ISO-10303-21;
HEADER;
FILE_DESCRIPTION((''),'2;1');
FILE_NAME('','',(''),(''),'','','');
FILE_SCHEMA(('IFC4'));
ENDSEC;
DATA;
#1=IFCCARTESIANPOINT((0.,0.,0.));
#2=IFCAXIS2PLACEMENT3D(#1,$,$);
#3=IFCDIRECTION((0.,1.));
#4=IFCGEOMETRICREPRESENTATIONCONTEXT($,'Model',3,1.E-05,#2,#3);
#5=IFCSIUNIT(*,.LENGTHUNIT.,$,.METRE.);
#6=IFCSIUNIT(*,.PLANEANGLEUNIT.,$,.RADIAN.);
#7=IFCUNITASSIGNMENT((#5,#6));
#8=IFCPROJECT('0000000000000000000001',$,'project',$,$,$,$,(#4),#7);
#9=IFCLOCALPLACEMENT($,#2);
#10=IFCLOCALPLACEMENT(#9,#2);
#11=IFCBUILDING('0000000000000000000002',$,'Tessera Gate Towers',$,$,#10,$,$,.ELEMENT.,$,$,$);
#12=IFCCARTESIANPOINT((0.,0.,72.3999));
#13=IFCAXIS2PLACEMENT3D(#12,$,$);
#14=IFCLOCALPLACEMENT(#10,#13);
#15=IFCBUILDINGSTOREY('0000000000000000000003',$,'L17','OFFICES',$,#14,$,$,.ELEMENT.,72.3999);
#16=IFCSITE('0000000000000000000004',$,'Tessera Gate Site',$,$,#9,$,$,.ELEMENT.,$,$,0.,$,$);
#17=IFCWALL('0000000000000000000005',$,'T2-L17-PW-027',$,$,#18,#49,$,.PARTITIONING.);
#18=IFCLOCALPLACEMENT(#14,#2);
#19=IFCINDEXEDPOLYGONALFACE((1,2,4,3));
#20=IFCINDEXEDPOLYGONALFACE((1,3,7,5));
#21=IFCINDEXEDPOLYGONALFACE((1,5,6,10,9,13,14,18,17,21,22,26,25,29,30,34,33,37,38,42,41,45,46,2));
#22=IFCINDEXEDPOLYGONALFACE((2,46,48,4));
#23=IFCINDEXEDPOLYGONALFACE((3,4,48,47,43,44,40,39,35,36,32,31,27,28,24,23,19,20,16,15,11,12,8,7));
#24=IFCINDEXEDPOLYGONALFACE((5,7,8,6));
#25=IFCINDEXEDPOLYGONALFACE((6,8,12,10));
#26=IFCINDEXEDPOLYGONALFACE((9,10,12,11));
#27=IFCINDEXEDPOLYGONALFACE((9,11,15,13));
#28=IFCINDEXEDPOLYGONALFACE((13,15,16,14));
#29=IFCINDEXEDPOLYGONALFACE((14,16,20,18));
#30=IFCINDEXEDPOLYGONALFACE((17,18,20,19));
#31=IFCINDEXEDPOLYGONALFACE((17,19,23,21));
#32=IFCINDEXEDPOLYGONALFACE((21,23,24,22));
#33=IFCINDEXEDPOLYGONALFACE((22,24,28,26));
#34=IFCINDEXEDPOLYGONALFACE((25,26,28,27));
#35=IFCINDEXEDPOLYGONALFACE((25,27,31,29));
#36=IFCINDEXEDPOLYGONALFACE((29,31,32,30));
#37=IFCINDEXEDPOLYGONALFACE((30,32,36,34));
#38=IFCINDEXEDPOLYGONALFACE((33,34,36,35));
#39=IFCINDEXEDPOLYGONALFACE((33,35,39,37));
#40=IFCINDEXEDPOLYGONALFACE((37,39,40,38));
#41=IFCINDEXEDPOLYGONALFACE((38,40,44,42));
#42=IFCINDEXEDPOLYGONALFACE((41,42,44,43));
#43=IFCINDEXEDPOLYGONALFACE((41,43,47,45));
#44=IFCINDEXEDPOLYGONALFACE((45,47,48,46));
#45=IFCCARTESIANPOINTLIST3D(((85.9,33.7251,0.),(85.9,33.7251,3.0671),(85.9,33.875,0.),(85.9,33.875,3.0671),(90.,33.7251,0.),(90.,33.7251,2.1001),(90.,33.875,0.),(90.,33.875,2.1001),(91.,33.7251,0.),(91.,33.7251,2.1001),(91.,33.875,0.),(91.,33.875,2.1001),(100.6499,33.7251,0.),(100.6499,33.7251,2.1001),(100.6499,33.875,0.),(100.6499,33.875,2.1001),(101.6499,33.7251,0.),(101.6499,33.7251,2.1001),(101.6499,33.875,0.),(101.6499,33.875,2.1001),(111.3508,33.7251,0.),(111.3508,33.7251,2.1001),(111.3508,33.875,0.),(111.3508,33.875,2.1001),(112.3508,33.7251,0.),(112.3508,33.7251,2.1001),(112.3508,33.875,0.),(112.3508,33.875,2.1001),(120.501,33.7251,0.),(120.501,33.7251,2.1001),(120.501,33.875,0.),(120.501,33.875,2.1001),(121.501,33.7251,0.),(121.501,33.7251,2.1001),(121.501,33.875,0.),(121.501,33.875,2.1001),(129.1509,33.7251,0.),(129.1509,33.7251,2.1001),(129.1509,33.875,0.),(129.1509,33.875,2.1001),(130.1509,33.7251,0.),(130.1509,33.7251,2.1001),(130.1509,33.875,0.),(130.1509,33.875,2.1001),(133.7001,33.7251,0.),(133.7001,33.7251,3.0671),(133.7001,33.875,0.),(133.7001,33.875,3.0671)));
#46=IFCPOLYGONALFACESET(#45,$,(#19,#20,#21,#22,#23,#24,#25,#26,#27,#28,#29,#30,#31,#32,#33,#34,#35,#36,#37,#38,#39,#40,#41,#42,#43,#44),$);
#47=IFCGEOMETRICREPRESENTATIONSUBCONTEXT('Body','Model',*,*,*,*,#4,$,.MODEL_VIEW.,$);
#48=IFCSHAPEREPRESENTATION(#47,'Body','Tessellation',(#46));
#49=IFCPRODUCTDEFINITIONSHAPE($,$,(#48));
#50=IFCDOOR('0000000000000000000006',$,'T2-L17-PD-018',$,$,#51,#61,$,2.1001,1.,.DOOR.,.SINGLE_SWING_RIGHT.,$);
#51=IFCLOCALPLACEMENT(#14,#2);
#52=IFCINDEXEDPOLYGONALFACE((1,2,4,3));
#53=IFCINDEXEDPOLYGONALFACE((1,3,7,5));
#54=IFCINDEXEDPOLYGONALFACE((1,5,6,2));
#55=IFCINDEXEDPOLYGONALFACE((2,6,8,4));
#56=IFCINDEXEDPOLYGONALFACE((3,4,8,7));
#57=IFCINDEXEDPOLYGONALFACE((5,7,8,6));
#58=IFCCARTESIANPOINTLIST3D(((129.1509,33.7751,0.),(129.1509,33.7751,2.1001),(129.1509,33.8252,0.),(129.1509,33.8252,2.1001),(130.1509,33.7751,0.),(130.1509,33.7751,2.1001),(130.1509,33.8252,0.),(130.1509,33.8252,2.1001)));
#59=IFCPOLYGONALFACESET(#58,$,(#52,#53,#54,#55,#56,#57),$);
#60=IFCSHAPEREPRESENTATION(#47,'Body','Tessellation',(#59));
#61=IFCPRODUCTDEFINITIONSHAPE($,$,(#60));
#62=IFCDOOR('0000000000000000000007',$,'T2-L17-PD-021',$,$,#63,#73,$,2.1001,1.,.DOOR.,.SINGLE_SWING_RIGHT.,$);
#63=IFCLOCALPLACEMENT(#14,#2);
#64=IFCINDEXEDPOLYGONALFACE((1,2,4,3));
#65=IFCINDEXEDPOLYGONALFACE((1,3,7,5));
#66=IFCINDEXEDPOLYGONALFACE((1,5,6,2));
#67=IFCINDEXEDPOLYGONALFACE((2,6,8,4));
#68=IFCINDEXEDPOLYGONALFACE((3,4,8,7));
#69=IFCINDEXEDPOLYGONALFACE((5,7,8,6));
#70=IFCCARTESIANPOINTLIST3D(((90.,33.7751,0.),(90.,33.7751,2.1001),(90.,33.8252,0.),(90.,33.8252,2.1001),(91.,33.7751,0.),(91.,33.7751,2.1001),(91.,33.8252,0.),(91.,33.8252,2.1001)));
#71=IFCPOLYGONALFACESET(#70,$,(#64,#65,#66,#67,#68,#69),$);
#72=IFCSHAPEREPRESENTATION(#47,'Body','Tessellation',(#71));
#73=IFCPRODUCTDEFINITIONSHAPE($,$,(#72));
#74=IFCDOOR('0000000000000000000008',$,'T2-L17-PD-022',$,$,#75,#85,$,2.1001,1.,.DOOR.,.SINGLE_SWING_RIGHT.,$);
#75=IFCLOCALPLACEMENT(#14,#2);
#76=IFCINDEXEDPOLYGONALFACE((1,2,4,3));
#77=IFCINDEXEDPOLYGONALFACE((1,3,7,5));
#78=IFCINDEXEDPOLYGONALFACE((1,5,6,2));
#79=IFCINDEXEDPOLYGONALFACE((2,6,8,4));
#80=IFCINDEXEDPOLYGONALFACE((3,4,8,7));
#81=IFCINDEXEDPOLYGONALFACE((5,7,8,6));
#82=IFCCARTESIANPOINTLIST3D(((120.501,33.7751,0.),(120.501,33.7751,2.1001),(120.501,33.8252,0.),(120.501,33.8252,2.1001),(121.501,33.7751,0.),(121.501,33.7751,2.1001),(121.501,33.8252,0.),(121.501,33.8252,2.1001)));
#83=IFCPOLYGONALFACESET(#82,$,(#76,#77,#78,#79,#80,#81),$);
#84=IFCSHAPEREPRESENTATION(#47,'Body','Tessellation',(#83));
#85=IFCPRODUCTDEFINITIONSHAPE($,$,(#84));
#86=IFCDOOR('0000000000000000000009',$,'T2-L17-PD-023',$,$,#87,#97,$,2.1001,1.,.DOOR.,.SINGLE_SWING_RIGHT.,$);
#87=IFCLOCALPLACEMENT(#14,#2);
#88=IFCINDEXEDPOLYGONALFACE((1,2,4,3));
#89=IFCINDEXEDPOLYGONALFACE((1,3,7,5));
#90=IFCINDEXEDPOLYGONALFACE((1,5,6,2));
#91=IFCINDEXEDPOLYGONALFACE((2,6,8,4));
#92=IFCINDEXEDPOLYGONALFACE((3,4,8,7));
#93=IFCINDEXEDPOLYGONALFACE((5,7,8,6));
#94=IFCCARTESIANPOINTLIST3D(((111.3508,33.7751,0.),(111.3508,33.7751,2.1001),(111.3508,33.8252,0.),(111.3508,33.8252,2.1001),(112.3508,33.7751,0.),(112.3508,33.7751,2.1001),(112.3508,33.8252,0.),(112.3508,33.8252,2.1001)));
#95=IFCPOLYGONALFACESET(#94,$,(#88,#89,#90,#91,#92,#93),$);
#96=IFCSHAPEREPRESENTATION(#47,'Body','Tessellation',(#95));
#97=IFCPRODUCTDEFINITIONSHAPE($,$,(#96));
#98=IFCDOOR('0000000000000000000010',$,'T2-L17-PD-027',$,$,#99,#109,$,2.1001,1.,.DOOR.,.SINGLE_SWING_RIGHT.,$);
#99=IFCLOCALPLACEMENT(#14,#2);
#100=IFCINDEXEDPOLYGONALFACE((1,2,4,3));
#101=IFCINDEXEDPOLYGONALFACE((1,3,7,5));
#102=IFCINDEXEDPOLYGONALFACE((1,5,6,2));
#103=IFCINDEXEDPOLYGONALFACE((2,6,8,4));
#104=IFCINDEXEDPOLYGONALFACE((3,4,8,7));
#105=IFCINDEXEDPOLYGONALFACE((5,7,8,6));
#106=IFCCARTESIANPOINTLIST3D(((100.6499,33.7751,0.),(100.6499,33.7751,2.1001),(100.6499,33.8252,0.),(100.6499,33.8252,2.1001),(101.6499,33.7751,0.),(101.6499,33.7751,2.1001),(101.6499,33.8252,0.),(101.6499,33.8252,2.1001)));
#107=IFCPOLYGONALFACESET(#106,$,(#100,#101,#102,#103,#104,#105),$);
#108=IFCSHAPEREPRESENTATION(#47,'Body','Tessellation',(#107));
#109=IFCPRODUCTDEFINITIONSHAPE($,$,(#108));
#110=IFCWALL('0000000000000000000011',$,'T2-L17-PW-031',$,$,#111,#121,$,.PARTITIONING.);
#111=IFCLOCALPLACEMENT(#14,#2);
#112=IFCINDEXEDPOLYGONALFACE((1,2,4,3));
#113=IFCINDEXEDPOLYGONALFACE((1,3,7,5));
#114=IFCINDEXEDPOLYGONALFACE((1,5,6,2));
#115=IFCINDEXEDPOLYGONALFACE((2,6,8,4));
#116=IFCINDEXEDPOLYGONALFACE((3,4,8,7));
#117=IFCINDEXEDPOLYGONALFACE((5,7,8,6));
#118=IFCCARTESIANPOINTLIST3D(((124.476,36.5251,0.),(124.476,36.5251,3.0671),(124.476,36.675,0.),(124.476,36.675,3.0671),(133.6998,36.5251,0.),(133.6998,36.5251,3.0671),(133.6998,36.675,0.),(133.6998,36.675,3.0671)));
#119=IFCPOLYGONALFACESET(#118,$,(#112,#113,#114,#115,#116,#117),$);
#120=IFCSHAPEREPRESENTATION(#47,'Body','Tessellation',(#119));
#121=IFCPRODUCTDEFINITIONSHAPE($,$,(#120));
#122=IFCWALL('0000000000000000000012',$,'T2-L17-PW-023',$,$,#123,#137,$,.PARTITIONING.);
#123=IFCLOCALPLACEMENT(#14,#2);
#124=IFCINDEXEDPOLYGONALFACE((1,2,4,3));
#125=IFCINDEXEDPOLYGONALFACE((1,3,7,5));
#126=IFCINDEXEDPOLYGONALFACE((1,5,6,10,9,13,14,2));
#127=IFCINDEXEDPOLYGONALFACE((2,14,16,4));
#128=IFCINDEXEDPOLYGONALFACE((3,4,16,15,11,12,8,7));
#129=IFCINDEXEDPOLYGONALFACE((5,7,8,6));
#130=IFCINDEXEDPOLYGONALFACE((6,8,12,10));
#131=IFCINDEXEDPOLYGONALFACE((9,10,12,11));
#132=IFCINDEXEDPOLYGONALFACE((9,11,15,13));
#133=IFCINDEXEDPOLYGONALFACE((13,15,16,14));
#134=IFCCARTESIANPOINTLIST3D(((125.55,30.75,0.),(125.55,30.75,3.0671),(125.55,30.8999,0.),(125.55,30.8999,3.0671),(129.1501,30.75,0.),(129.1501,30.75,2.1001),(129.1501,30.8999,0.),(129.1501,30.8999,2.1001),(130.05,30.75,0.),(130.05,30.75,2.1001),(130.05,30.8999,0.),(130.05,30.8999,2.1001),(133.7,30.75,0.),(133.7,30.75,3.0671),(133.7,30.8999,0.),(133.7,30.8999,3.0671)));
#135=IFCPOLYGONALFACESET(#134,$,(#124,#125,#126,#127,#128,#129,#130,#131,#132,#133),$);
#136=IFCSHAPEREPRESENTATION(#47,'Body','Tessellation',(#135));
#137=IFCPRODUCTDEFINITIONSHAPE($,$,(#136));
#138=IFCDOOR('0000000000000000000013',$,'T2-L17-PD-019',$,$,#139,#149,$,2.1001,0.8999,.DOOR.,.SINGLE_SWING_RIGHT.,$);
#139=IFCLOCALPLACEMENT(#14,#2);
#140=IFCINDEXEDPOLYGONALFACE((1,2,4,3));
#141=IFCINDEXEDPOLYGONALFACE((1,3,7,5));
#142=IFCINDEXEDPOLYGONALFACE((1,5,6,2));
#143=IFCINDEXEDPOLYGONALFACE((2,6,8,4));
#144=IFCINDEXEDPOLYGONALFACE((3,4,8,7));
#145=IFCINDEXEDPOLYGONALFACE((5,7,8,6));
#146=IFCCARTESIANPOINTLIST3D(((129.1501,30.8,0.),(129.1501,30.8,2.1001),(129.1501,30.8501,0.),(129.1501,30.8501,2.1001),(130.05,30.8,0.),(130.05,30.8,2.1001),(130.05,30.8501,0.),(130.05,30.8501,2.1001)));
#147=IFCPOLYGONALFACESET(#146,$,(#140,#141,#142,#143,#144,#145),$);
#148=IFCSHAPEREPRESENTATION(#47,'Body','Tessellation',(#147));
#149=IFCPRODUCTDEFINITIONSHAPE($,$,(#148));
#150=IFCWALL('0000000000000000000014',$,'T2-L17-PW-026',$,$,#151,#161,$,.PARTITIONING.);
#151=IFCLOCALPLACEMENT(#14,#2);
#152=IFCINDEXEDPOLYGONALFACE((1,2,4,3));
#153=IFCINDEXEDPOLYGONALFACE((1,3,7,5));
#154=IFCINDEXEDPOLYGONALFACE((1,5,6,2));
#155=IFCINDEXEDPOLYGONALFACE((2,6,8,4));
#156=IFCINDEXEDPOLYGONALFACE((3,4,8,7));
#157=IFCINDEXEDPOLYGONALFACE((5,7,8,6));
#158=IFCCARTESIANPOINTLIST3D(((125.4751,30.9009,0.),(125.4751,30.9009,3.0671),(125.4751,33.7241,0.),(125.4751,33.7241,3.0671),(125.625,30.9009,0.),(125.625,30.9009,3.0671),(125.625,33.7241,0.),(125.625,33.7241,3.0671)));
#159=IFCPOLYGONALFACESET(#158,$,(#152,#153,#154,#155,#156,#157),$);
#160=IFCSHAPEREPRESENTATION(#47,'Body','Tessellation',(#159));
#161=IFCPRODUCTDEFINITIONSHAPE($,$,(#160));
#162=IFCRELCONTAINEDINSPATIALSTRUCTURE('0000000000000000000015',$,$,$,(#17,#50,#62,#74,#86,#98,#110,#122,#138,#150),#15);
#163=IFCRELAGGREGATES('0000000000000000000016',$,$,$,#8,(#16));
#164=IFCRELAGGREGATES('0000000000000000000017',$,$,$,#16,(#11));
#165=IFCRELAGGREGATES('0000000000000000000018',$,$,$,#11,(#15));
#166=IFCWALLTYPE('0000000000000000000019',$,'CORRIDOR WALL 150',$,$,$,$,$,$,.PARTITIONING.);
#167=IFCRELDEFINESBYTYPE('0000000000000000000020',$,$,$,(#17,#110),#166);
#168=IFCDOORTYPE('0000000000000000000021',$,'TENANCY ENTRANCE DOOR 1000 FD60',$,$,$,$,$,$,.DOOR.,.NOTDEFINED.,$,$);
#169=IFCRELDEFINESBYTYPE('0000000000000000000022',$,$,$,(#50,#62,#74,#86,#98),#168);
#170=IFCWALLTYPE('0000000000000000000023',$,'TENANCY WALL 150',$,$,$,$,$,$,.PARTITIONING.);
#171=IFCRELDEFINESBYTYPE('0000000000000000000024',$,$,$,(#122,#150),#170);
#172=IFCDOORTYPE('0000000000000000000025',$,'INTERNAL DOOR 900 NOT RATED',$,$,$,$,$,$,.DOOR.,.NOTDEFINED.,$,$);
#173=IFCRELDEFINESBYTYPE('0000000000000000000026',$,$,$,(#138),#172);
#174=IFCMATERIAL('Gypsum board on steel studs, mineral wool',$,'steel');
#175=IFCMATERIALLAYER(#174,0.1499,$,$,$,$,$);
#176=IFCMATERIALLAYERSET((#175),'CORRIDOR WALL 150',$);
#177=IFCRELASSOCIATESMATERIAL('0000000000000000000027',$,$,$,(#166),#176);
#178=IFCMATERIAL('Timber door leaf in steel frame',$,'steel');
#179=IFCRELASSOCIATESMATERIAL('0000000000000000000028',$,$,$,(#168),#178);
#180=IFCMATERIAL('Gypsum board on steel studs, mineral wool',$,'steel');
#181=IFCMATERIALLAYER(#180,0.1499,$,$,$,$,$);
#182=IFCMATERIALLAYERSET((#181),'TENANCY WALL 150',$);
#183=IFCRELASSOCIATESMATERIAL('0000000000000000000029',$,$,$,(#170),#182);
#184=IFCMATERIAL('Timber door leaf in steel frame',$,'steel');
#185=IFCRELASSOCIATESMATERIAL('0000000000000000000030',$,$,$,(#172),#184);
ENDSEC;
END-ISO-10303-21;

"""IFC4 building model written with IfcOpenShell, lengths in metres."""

from ifc_helpers import new_model, si_unit, direction, frame, frame_2d, origin, place, context, subcontext, project, spatial, rectangle, extrude, source, transform, mapped, material, layer, layer_set, type_object, element, fill, save


model = new_model("IFC4")

# Units and contexts
model_context = context("Model", 3, precision=1e-05, world=origin(), true_north=direction((0.0, 1.0)))
body_context = subcontext(model_context, "Body", "Model", "MODEL_VIEW")
ifc_project = project(units=[si_unit("LENGTHUNIT", "METRE"), si_unit("PLANEANGLEUNIT", "RADIAN")], contexts=[model_context])

# Site, building, storey
site_placement = place(None, origin())
site = spatial("IfcSite", under=ifc_project, at=site_placement, Name="Tessera Gate Site", CompositionType="ELEMENT", RefElevation=0.0)
building_placement = place(site_placement, origin())
building = spatial("IfcBuilding", under=site, at=building_placement, Name="Tessera Gate Towers", CompositionType="ELEMENT")
storey_placement = place(building_placement, frame((0.0, 0.0, 72.3999)))
storey = spatial("IfcBuildingStorey", under=building, at=storey_placement, Name="L17", Description="OFFICES", CompositionType="ELEMENT", Elevation=72.3999)

# Wall, openings, doors
ifc_material_1 = material(Name="Gypsum board on steel studs, mineral wool", Category="steel")
ifc_layer_1 = layer(ifc_material_1, 0.1499)
ifc_layer_set_1 = layer_set([ifc_layer_1], Name="CORRIDOR WALL 150")
wall_type_1 = type_object("IfcWallType", Name="CORRIDOR WALL 150", PredefinedType="PARTITIONING", material=ifc_layer_set_1)
wall_1_placement = place(storey_placement, frame((133.7, 33.8, 0.0), z_axis=(0.0, 0.0, 1.0), x_axis=(-1.0, 0.0, 0.0)))
wall_1 = element("IfcWall", 1, at=wall_1_placement, inside=storey, type_object=wall_type_1, Name="T2-L17-PW-027", PredefinedType="PARTITIONING", context=body_context, shape_type="SweptSolid", body=[
    extrude(rectangle(XDim=47.8, YDim=0.1499, at=frame_2d((23.8999, 0.0))), origin(), (0.0, 0.0, 1.0), 3.0671),
])
shared_shape_1 = source(origin(), body_context, "Body", "SweptSolid", [
    extrude(rectangle(XDim=1.0, YDim=2.1001, at=frame_2d((0.5, 1.05))), frame((0.0, 0.085, 0.0), z_axis=(0.0, -1.0, 0.0), x_axis=(1.0, 0.0, 0.0)), (0.0, 0.0, 1.0), 0.1699),
])
opening_1_placement = place(wall_1_placement, frame((3.5491, 0.0, 0.0)))
opening_1 = element("IfcOpeningElement", 2, at=opening_1_placement, cuts=wall_1, PredefinedType="OPENING", context=body_context, shape_type="MappedRepresentation", body=[
    mapped(shared_shape_1, transform((0.0, 0.0, 0.0), scale=1.0)),
])
opening_2_placement = place(wall_1_placement, frame((42.7, 0.0, 0.0)))
opening_2 = element("IfcOpeningElement", 3, at=opening_2_placement, cuts=wall_1, PredefinedType="OPENING", context=body_context, shape_type="MappedRepresentation", body=[
    mapped(shared_shape_1, transform((0.0, 0.0, 0.0), scale=1.0)),
])
opening_3_placement = place(wall_1_placement, frame((12.199, 0.0, 0.0)))
opening_3 = element("IfcOpeningElement", 4, at=opening_3_placement, cuts=wall_1, PredefinedType="OPENING", context=body_context, shape_type="MappedRepresentation", body=[
    mapped(shared_shape_1, transform((0.0, 0.0, 0.0), scale=1.0)),
])
opening_4_placement = place(wall_1_placement, frame((21.3491, 0.0, 0.0)))
opening_4 = element("IfcOpeningElement", 5, at=opening_4_placement, cuts=wall_1, PredefinedType="OPENING", context=body_context, shape_type="MappedRepresentation", body=[
    mapped(shared_shape_1, transform((0.0, 0.0, 0.0), scale=1.0)),
])
opening_5_placement = place(wall_1_placement, frame((32.05, 0.0, 0.0)))
opening_5 = element("IfcOpeningElement", 6, at=opening_5_placement, cuts=wall_1, PredefinedType="OPENING", context=body_context, shape_type="MappedRepresentation", body=[
    mapped(shared_shape_1, transform((0.0, 0.0, 0.0), scale=1.0)),
])
ifc_material_2 = material(Name="Timber door leaf in steel frame", Category="steel")
door_type_1 = type_object("IfcDoorType", Name="TENANCY ENTRANCE DOOR 1000 FD60", OperationType="NOTDEFINED", PredefinedType="DOOR", material=ifc_material_2)
shared_shape_2 = source(origin(), body_context, "Body", "SweptSolid", [
    extrude(rectangle(XDim=1.0, YDim=2.1001, at=frame_2d((0.5, 1.05))), frame((0.0, 0.0249, 0.0), z_axis=(0.0, -1.0, 0.0), x_axis=(1.0, 0.0, 0.0)), (0.0, 0.0, 1.0), 0.05),
])
door_1_placement = place(opening_1_placement, origin())
door_1 = element("IfcDoor", 7, at=door_1_placement, inside=storey, type_object=door_type_1, Name="T2-L17-PD-018", OperationType="SINGLE_SWING_RIGHT", OverallHeight=2.1001, OverallWidth=1.0, PredefinedType="DOOR", context=body_context, shape_type="MappedRepresentation", body=[
    mapped(shared_shape_2, transform((0.0, 0.0, 0.0), scale=1.0)),
])
fill(opening_1, door_1)
door_2_placement = place(opening_2_placement, origin())
door_2 = element("IfcDoor", 8, at=door_2_placement, inside=storey, type_object=door_type_1, Name="T2-L17-PD-021", OperationType="SINGLE_SWING_RIGHT", OverallHeight=2.1001, OverallWidth=1.0, PredefinedType="DOOR", context=body_context, shape_type="MappedRepresentation", body=[
    mapped(shared_shape_2, transform((0.0, 0.0, 0.0), scale=1.0)),
])
fill(opening_2, door_2)
door_3_placement = place(opening_3_placement, origin())
door_3 = element("IfcDoor", 9, at=door_3_placement, inside=storey, type_object=door_type_1, Name="T2-L17-PD-022", OperationType="SINGLE_SWING_RIGHT", OverallHeight=2.1001, OverallWidth=1.0, PredefinedType="DOOR", context=body_context, shape_type="MappedRepresentation", body=[
    mapped(shared_shape_2, transform((0.0, 0.0, 0.0), scale=1.0)),
])
fill(opening_3, door_3)
door_4_placement = place(opening_4_placement, origin())
door_4 = element("IfcDoor", 10, at=door_4_placement, inside=storey, type_object=door_type_1, Name="T2-L17-PD-023", OperationType="SINGLE_SWING_RIGHT", OverallHeight=2.1001, OverallWidth=1.0, PredefinedType="DOOR", context=body_context, shape_type="MappedRepresentation", body=[
    mapped(shared_shape_2, transform((0.0, 0.0, 0.0), scale=1.0)),
])
fill(opening_4, door_4)
door_5_placement = place(opening_5_placement, origin())
door_5 = element("IfcDoor", 11, at=door_5_placement, inside=storey, type_object=door_type_1, Name="T2-L17-PD-027", OperationType="SINGLE_SWING_RIGHT", OverallHeight=2.1001, OverallWidth=1.0, PredefinedType="DOOR", context=body_context, shape_type="MappedRepresentation", body=[
    mapped(shared_shape_2, transform((0.0, 0.0, 0.0), scale=1.0)),
])
fill(opening_5, door_5)

# Wall
wall_2_placement = place(storey_placement, frame((124.4761, 36.6001, 0.0), z_axis=(0.0, 0.0, 1.0), x_axis=(1.0, 0.0, 0.0)))
element("IfcWall", 12, at=wall_2_placement, inside=storey, type_object=wall_type_1, Name="T2-L17-PW-031", PredefinedType="PARTITIONING", context=body_context, shape_type="SweptSolid", body=[
    extrude(rectangle(XDim=9.2239, YDim=0.1499, at=frame_2d((4.6118, 0.0))), origin(), (0.0, 0.0, 1.0), 3.0671),
])

# Wall, opening, door
ifc_material_3 = material(Name="Gypsum board on steel studs, mineral wool", Category="steel")
ifc_layer_2 = layer(ifc_material_3, 0.1499)
ifc_layer_set_2 = layer_set([ifc_layer_2], Name="TENANCY WALL 150")
wall_type_2 = type_object("IfcWallType", Name="TENANCY WALL 150", PredefinedType="PARTITIONING", material=ifc_layer_set_2)
wall_3_placement = place(storey_placement, frame((133.7, 30.825, 0.0), z_axis=(0.0, 0.0, 1.0), x_axis=(-1.0, 0.0, 0.0)))
wall_3 = element("IfcWall", 13, at=wall_3_placement, inside=storey, type_object=wall_type_2, Name="T2-L17-PW-023", PredefinedType="PARTITIONING", context=body_context, shape_type="SweptSolid", body=[
    extrude(rectangle(XDim=8.1499, YDim=0.1499, at=frame_2d((4.075, 0.0))), origin(), (0.0, 0.0, 1.0), 3.0671),
])
shared_shape_3 = source(origin(), body_context, "Body", "SweptSolid", [
    extrude(rectangle(XDim=0.8999, YDim=2.1001, at=frame_2d((0.45, 1.05))), frame((0.0, 0.085, 0.0), z_axis=(0.0, -1.0, 0.0), x_axis=(1.0, 0.0, 0.0)), (0.0, 0.0, 1.0), 0.1699),
])
opening_6_placement = place(wall_3_placement, frame((3.6499, 0.0, 0.0)))
opening_6 = element("IfcOpeningElement", 14, at=opening_6_placement, cuts=wall_3, PredefinedType="OPENING", context=body_context, shape_type="MappedRepresentation", body=[
    mapped(shared_shape_3, transform((0.0, 0.0, 0.0), scale=1.0)),
])
ifc_material_4 = material(Name="Timber door leaf in steel frame", Category="steel")
door_type_2 = type_object("IfcDoorType", Name="INTERNAL DOOR 900 NOT RATED", OperationType="NOTDEFINED", PredefinedType="DOOR", material=ifc_material_4)
shared_shape_4 = source(origin(), body_context, "Body", "SweptSolid", [
    extrude(rectangle(XDim=0.8999, YDim=2.1001, at=frame_2d((0.45, 1.05))), frame((0.0, 0.0249, 0.0), z_axis=(0.0, -1.0, 0.0), x_axis=(1.0, 0.0, 0.0)), (0.0, 0.0, 1.0), 0.05),
])
door_6_placement = place(opening_6_placement, origin())
door_6 = element("IfcDoor", 15, at=door_6_placement, inside=storey, type_object=door_type_2, Name="T2-L17-PD-019", OperationType="SINGLE_SWING_RIGHT", OverallHeight=2.1001, OverallWidth=0.8999, PredefinedType="DOOR", context=body_context, shape_type="MappedRepresentation", body=[
    mapped(shared_shape_4, transform((0.0, 0.0, 0.0), scale=1.0)),
])
fill(opening_6, door_6)

# Wall
wall_4_placement = place(storey_placement, frame((125.55, 30.9009, 0.0), z_axis=(0.0, 0.0, 1.0), x_axis=(0.0, 1.0, 0.0)))
element("IfcWall", 16, at=wall_4_placement, inside=storey, type_object=wall_type_2, Name="T2-L17-PW-026", PredefinedType="PARTITIONING", context=body_context, shape_type="SweptSolid", body=[
    extrude(rectangle(XDim=2.8232, YDim=0.1499, at=frame_2d((1.4116, 0.0))), origin(), (0.0, 0.0, 1.0), 3.0671),
])

save(model, "model.ifc")
